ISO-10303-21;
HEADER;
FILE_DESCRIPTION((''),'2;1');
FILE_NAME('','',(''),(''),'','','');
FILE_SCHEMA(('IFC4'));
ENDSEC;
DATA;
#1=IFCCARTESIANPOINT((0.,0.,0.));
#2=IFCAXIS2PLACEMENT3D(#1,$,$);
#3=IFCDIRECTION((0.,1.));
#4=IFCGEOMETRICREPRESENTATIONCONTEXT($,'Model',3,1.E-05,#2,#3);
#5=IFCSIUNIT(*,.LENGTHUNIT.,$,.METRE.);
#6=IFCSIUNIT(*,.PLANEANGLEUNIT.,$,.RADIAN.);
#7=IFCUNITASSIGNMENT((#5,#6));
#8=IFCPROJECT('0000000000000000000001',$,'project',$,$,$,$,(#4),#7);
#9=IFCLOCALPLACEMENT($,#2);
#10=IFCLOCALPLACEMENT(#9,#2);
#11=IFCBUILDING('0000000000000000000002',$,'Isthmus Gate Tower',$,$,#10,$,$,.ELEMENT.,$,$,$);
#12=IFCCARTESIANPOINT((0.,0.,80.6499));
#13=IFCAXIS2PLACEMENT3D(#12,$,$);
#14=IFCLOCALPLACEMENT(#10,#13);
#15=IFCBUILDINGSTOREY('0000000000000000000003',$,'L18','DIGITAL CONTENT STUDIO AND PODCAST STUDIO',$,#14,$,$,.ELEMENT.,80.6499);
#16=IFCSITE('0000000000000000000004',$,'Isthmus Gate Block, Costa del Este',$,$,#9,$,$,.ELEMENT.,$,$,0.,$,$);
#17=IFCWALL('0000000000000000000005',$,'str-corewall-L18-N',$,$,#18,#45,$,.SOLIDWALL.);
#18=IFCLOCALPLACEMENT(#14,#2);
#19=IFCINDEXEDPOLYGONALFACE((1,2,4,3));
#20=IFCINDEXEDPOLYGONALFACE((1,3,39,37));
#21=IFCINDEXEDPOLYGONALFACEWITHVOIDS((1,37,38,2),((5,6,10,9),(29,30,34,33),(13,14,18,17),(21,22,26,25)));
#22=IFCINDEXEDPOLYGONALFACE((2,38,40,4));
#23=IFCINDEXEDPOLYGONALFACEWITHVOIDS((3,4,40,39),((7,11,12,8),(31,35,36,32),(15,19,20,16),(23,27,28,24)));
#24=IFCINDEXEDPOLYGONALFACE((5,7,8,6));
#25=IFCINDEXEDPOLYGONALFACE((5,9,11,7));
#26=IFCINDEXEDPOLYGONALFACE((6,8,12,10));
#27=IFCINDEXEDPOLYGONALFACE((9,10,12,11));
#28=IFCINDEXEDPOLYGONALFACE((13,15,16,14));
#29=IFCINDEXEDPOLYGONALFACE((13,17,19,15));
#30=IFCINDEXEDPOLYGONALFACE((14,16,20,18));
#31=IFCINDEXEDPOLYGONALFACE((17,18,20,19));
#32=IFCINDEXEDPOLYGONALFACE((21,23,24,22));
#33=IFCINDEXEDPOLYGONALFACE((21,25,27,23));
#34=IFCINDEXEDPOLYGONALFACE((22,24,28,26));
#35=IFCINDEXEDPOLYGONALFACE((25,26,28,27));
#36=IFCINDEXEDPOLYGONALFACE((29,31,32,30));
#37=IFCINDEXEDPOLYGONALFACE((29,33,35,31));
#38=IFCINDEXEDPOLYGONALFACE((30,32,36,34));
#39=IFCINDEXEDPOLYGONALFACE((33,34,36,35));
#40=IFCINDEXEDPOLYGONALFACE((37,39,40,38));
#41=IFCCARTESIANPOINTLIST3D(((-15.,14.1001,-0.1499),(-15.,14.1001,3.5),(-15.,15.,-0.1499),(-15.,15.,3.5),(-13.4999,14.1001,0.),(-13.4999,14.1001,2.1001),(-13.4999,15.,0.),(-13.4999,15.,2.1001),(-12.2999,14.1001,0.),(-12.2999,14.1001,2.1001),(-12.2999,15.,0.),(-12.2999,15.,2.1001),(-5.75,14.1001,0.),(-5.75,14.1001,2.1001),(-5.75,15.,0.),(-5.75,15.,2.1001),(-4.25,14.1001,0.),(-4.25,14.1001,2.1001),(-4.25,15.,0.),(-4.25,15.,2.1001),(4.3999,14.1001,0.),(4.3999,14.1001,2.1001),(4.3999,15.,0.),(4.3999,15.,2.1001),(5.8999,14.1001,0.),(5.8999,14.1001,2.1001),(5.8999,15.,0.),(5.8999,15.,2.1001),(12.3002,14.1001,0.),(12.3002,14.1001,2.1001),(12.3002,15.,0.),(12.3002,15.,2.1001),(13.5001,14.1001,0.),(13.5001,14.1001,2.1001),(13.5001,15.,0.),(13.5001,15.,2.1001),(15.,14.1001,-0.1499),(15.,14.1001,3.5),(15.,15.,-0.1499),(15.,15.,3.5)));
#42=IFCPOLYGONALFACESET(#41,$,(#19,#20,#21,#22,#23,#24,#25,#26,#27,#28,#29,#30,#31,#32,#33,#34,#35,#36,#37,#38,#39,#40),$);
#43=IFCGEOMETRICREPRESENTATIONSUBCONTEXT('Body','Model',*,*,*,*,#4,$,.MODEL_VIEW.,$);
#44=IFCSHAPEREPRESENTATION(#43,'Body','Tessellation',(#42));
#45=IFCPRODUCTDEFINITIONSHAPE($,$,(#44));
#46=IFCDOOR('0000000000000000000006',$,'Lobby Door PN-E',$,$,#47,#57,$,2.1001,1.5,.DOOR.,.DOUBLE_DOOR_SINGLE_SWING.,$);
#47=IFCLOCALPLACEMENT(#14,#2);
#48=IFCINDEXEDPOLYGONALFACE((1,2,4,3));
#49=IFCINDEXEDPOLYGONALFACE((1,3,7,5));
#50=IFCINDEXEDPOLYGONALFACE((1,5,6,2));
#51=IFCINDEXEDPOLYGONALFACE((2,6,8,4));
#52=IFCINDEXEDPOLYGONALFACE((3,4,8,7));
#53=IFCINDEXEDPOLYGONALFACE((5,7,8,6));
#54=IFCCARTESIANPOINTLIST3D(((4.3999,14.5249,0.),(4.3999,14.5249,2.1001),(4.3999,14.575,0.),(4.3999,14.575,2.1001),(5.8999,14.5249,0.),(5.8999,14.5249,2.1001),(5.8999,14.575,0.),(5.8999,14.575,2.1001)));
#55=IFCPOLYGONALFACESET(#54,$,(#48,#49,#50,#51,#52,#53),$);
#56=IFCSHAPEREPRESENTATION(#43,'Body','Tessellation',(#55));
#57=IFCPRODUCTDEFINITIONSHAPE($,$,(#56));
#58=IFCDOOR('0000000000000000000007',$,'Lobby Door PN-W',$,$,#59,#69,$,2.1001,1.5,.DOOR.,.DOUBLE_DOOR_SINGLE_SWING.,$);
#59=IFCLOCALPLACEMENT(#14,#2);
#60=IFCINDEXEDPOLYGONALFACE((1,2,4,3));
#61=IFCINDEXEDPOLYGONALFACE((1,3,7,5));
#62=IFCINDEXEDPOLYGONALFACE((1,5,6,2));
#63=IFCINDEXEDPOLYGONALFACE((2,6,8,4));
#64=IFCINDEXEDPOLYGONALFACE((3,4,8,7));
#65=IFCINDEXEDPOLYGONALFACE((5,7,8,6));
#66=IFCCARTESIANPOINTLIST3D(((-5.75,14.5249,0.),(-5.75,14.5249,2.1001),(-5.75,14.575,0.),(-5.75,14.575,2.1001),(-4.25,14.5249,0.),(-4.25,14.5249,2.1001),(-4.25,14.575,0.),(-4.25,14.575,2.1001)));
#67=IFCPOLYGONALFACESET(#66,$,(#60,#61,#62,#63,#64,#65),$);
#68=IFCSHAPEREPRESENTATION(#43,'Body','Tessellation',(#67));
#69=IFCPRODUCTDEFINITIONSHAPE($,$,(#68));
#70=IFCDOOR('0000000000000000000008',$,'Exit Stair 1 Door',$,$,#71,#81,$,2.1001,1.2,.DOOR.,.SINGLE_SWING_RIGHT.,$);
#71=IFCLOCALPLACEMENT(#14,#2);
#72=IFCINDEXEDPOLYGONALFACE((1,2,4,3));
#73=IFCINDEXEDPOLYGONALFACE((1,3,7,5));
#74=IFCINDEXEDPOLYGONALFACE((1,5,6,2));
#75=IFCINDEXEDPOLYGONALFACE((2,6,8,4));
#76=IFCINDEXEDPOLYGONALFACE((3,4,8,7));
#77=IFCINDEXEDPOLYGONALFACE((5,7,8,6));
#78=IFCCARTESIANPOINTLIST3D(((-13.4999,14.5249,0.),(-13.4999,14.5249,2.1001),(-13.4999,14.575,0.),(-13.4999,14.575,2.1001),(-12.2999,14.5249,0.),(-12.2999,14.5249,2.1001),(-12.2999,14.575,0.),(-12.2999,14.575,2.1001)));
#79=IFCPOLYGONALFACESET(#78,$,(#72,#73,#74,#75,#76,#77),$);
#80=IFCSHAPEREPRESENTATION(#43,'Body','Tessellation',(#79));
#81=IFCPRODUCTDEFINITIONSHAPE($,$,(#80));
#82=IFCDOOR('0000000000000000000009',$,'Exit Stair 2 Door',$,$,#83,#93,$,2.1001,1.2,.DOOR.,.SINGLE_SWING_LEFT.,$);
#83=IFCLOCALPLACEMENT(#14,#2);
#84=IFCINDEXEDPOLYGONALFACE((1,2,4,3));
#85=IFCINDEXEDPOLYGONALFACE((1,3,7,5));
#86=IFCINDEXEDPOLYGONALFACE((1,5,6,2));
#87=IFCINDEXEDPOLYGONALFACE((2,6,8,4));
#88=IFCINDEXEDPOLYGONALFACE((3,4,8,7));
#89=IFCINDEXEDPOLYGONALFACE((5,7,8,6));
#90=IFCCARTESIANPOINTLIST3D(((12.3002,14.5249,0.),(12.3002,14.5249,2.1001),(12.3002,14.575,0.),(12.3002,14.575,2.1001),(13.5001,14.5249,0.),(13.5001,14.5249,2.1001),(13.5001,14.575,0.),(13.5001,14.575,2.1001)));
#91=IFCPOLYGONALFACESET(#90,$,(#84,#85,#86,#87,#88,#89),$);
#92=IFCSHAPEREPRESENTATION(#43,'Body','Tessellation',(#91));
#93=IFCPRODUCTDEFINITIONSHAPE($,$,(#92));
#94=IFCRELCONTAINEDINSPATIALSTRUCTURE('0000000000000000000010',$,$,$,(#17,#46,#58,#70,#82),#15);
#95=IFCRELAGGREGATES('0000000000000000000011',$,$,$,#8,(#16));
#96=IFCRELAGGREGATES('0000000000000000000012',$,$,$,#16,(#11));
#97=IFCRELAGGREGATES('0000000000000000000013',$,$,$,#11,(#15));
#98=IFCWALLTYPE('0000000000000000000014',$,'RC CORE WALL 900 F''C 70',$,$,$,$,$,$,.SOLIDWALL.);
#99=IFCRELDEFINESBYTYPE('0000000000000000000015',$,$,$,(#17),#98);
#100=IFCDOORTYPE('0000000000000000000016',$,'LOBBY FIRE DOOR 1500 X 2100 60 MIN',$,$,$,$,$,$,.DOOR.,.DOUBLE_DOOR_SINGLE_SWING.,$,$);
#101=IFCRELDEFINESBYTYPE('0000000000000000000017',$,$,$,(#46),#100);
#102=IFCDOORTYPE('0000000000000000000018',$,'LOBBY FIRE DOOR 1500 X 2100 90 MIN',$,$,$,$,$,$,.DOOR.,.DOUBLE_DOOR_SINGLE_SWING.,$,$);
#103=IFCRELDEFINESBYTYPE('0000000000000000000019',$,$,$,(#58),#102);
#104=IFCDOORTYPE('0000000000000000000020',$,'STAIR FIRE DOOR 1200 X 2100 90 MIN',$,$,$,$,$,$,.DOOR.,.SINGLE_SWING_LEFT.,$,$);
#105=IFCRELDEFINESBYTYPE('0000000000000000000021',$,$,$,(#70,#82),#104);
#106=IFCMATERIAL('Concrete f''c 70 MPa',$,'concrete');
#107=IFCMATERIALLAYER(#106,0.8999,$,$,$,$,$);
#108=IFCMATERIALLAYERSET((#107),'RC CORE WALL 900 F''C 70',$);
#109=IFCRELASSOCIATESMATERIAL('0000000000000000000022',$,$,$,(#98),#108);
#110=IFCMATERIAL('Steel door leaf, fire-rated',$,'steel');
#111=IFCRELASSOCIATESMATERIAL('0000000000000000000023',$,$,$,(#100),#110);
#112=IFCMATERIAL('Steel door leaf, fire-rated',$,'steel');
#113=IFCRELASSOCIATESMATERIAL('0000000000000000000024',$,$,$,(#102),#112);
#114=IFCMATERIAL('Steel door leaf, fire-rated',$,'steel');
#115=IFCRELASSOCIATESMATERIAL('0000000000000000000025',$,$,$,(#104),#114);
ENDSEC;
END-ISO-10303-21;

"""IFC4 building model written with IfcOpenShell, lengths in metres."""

from ifc_helpers import new_model, si_unit, direction, frame, frame_2d, origin, place, context, subcontext, project, spatial, rectangle, extrude, material, layer, layer_set, type_object, element, fill, save


model = new_model("IFC4")

# Units and contexts
model_context = context("Model", 3, precision=1e-05, world=origin(), true_north=direction((0.0, 1.0)))
body_context = subcontext(model_context, "Body", "Model", "MODEL_VIEW")
ifc_project = project(units=[si_unit("LENGTHUNIT", "METRE"), si_unit("PLANEANGLEUNIT", "RADIAN")], contexts=[model_context])

# Site, building, storey
site_placement = place(None, origin())
site = spatial("IfcSite", under=ifc_project, at=site_placement, Name="Isthmus Gate Block, Costa del Este", CompositionType="ELEMENT", RefElevation=0.0)
building_placement = place(site_placement, origin())
building = spatial("IfcBuilding", under=site, at=building_placement, Name="Isthmus Gate Tower", CompositionType="ELEMENT")
storey_placement = place(building_placement, frame((0.0, 0.0, 80.6499)))
storey = spatial("IfcBuildingStorey", under=building, at=storey_placement, Name="L18", Description="DIGITAL CONTENT STUDIO AND PODCAST STUDIO", CompositionType="ELEMENT", Elevation=80.6499)

# Wall, openings, doors
ifc_material_1 = material(Name="Concrete f'c 70 MPa", Category="concrete")
ifc_layer_1 = layer(ifc_material_1, 0.8999)
ifc_layer_set_1 = layer_set([ifc_layer_1], Name="RC CORE WALL 900 F'C 70")
wall_type_1 = type_object("IfcWallType", Name="RC CORE WALL 900 F'C 70", PredefinedType="SOLIDWALL", material=ifc_layer_set_1)
wall_1_placement = place(storey_placement, frame((-15.0, 14.55, -0.1499), z_axis=(0.0, 0.0, 1.0), x_axis=(1.0, 0.0, 0.0)))
wall_1 = element("IfcWall", 1, at=wall_1_placement, inside=storey, type_object=wall_type_1, Name="str-corewall-L18-N", PredefinedType="SOLIDWALL", context=body_context, shape_type="SweptSolid", body=[
    extrude(rectangle(XDim=30.0, YDim=0.8999, at=frame_2d((15.0, 0.0))), origin(), (0.0, 0.0, 1.0), 3.6499),
])
opening_1_placement = place(wall_1_placement, frame((9.25, 0.0, 0.1499)))
opening_1 = element("IfcOpeningElement", 2, at=opening_1_placement, cuts=wall_1, PredefinedType="OPENING", context=body_context, shape_type="SweptSolid", body=[
    extrude(rectangle(XDim=1.5, YDim=2.1001, at=frame_2d((0.75, 1.05))), frame((0.0, 0.46, 0.0), z_axis=(0.0, -1.0, 0.0), x_axis=(1.0, 0.0, 0.0)), (0.0, 0.0, 1.0), 0.9199),
])
opening_2_placement = place(wall_1_placement, frame((19.3999, 0.0, 0.1499)))
opening_2 = element("IfcOpeningElement", 3, at=opening_2_placement, cuts=wall_1, PredefinedType="OPENING", context=body_context, shape_type="SweptSolid", body=[
    extrude(rectangle(XDim=1.5, YDim=2.1001, at=frame_2d((0.75, 1.05))), frame((0.0, 0.46, 0.0), z_axis=(0.0, -1.0, 0.0), x_axis=(1.0, 0.0, 0.0)), (0.0, 0.0, 1.0), 0.9199),
])
opening_3_placement = place(wall_1_placement, frame((1.5, 0.0, 0.1499)))
opening_3 = element("IfcOpeningElement", 4, at=opening_3_placement, cuts=wall_1, PredefinedType="OPENING", context=body_context, shape_type="SweptSolid", body=[
    extrude(rectangle(XDim=1.2, YDim=2.1001, at=frame_2d((0.6001, 1.05))), frame((0.0, 0.46, 0.0), z_axis=(0.0, -1.0, 0.0), x_axis=(1.0, 0.0, 0.0)), (0.0, 0.0, 1.0), 0.9199),
])
opening_4_placement = place(wall_1_placement, frame((27.3, 0.0, 0.1499)))
opening_4 = element("IfcOpeningElement", 5, at=opening_4_placement, cuts=wall_1, PredefinedType="OPENING", context=body_context, shape_type="SweptSolid", body=[
    extrude(rectangle(XDim=1.2, YDim=2.1001, at=frame_2d((0.6001, 1.05))), frame((0.0, 0.46, 0.0), z_axis=(0.0, -1.0, 0.0), x_axis=(1.0, 0.0, 0.0)), (0.0, 0.0, 1.0), 0.9199),
])
ifc_material_2 = material(Name="Steel door leaf, fire-rated", Category="steel")
door_type_1 = type_object("IfcDoorType", Name="LOBBY FIRE DOOR 1500 X 2100 60 MIN", OperationType="DOUBLE_DOOR_SINGLE_SWING", PredefinedType="DOOR", material=ifc_material_2)
door_1_placement = place(opening_2_placement, origin())
door_1 = element("IfcDoor", 6, at=door_1_placement, inside=storey, type_object=door_type_1, Name="Lobby Door PN-E", OperationType="DOUBLE_DOOR_SINGLE_SWING", OverallHeight=2.1001, OverallWidth=1.5, PredefinedType="DOOR", context=body_context, shape_type="SweptSolid", body=[
    extrude(rectangle(XDim=1.5, YDim=2.1001, at=frame_2d((0.75, 1.05))), frame((0.0, 0.0249, 0.0), z_axis=(0.0, -1.0, 0.0), x_axis=(1.0, 0.0, 0.0)), (0.0, 0.0, 1.0), 0.05),
])
fill(opening_2, door_1)
ifc_material_3 = material(Name="Steel door leaf, fire-rated", Category="steel")
door_type_2 = type_object("IfcDoorType", Name="LOBBY FIRE DOOR 1500 X 2100 90 MIN", OperationType="DOUBLE_DOOR_SINGLE_SWING", PredefinedType="DOOR", material=ifc_material_3)
door_2_placement = place(opening_1_placement, origin())
door_2 = element("IfcDoor", 7, at=door_2_placement, inside=storey, type_object=door_type_2, Name="Lobby Door PN-W", OperationType="DOUBLE_DOOR_SINGLE_SWING", OverallHeight=2.1001, OverallWidth=1.5, PredefinedType="DOOR", context=body_context, shape_type="SweptSolid", body=[
    extrude(rectangle(XDim=1.5, YDim=2.1001, at=frame_2d((0.75, 1.05))), frame((0.0, 0.0249, 0.0), z_axis=(0.0, -1.0, 0.0), x_axis=(1.0, 0.0, 0.0)), (0.0, 0.0, 1.0), 0.05),
])
fill(opening_1, door_2)
ifc_material_4 = material(Name="Steel door leaf, fire-rated", Category="steel")
door_type_3 = type_object("IfcDoorType", Name="STAIR FIRE DOOR 1200 X 2100 90 MIN", OperationType="SINGLE_SWING_LEFT", PredefinedType="DOOR", material=ifc_material_4)
door_3_placement = place(opening_3_placement, origin())
door_3 = element("IfcDoor", 8, at=door_3_placement, inside=storey, type_object=door_type_3, Name="Exit Stair 1 Door", OperationType="SINGLE_SWING_RIGHT", OverallHeight=2.1001, OverallWidth=1.2, PredefinedType="DOOR", context=body_context, shape_type="SweptSolid", body=[
    extrude(rectangle(XDim=1.2, YDim=2.1001, at=frame_2d((0.6001, 1.05))), frame((0.0, 0.0249, 0.0), z_axis=(0.0, -1.0, 0.0), x_axis=(1.0, 0.0, 0.0)), (0.0, 0.0, 1.0), 0.05),
])
fill(opening_3, door_3)
door_4_placement = place(opening_4_placement, origin())
door_4 = element("IfcDoor", 9, at=door_4_placement, inside=storey, type_object=door_type_3, Name="Exit Stair 2 Door", OperationType="SINGLE_SWING_LEFT", OverallHeight=2.1001, OverallWidth=1.2, PredefinedType="DOOR", context=body_context, shape_type="SweptSolid", body=[
    extrude(rectangle(XDim=1.2, YDim=2.1001, at=frame_2d((0.6001, 1.05))), frame((0.0, 0.0249, 0.0), z_axis=(0.0, -1.0, 0.0), x_axis=(1.0, 0.0, 0.0)), (0.0, 0.0, 1.0), 0.05),
])
fill(opening_4, door_4)

save(model, "model.ifc")
